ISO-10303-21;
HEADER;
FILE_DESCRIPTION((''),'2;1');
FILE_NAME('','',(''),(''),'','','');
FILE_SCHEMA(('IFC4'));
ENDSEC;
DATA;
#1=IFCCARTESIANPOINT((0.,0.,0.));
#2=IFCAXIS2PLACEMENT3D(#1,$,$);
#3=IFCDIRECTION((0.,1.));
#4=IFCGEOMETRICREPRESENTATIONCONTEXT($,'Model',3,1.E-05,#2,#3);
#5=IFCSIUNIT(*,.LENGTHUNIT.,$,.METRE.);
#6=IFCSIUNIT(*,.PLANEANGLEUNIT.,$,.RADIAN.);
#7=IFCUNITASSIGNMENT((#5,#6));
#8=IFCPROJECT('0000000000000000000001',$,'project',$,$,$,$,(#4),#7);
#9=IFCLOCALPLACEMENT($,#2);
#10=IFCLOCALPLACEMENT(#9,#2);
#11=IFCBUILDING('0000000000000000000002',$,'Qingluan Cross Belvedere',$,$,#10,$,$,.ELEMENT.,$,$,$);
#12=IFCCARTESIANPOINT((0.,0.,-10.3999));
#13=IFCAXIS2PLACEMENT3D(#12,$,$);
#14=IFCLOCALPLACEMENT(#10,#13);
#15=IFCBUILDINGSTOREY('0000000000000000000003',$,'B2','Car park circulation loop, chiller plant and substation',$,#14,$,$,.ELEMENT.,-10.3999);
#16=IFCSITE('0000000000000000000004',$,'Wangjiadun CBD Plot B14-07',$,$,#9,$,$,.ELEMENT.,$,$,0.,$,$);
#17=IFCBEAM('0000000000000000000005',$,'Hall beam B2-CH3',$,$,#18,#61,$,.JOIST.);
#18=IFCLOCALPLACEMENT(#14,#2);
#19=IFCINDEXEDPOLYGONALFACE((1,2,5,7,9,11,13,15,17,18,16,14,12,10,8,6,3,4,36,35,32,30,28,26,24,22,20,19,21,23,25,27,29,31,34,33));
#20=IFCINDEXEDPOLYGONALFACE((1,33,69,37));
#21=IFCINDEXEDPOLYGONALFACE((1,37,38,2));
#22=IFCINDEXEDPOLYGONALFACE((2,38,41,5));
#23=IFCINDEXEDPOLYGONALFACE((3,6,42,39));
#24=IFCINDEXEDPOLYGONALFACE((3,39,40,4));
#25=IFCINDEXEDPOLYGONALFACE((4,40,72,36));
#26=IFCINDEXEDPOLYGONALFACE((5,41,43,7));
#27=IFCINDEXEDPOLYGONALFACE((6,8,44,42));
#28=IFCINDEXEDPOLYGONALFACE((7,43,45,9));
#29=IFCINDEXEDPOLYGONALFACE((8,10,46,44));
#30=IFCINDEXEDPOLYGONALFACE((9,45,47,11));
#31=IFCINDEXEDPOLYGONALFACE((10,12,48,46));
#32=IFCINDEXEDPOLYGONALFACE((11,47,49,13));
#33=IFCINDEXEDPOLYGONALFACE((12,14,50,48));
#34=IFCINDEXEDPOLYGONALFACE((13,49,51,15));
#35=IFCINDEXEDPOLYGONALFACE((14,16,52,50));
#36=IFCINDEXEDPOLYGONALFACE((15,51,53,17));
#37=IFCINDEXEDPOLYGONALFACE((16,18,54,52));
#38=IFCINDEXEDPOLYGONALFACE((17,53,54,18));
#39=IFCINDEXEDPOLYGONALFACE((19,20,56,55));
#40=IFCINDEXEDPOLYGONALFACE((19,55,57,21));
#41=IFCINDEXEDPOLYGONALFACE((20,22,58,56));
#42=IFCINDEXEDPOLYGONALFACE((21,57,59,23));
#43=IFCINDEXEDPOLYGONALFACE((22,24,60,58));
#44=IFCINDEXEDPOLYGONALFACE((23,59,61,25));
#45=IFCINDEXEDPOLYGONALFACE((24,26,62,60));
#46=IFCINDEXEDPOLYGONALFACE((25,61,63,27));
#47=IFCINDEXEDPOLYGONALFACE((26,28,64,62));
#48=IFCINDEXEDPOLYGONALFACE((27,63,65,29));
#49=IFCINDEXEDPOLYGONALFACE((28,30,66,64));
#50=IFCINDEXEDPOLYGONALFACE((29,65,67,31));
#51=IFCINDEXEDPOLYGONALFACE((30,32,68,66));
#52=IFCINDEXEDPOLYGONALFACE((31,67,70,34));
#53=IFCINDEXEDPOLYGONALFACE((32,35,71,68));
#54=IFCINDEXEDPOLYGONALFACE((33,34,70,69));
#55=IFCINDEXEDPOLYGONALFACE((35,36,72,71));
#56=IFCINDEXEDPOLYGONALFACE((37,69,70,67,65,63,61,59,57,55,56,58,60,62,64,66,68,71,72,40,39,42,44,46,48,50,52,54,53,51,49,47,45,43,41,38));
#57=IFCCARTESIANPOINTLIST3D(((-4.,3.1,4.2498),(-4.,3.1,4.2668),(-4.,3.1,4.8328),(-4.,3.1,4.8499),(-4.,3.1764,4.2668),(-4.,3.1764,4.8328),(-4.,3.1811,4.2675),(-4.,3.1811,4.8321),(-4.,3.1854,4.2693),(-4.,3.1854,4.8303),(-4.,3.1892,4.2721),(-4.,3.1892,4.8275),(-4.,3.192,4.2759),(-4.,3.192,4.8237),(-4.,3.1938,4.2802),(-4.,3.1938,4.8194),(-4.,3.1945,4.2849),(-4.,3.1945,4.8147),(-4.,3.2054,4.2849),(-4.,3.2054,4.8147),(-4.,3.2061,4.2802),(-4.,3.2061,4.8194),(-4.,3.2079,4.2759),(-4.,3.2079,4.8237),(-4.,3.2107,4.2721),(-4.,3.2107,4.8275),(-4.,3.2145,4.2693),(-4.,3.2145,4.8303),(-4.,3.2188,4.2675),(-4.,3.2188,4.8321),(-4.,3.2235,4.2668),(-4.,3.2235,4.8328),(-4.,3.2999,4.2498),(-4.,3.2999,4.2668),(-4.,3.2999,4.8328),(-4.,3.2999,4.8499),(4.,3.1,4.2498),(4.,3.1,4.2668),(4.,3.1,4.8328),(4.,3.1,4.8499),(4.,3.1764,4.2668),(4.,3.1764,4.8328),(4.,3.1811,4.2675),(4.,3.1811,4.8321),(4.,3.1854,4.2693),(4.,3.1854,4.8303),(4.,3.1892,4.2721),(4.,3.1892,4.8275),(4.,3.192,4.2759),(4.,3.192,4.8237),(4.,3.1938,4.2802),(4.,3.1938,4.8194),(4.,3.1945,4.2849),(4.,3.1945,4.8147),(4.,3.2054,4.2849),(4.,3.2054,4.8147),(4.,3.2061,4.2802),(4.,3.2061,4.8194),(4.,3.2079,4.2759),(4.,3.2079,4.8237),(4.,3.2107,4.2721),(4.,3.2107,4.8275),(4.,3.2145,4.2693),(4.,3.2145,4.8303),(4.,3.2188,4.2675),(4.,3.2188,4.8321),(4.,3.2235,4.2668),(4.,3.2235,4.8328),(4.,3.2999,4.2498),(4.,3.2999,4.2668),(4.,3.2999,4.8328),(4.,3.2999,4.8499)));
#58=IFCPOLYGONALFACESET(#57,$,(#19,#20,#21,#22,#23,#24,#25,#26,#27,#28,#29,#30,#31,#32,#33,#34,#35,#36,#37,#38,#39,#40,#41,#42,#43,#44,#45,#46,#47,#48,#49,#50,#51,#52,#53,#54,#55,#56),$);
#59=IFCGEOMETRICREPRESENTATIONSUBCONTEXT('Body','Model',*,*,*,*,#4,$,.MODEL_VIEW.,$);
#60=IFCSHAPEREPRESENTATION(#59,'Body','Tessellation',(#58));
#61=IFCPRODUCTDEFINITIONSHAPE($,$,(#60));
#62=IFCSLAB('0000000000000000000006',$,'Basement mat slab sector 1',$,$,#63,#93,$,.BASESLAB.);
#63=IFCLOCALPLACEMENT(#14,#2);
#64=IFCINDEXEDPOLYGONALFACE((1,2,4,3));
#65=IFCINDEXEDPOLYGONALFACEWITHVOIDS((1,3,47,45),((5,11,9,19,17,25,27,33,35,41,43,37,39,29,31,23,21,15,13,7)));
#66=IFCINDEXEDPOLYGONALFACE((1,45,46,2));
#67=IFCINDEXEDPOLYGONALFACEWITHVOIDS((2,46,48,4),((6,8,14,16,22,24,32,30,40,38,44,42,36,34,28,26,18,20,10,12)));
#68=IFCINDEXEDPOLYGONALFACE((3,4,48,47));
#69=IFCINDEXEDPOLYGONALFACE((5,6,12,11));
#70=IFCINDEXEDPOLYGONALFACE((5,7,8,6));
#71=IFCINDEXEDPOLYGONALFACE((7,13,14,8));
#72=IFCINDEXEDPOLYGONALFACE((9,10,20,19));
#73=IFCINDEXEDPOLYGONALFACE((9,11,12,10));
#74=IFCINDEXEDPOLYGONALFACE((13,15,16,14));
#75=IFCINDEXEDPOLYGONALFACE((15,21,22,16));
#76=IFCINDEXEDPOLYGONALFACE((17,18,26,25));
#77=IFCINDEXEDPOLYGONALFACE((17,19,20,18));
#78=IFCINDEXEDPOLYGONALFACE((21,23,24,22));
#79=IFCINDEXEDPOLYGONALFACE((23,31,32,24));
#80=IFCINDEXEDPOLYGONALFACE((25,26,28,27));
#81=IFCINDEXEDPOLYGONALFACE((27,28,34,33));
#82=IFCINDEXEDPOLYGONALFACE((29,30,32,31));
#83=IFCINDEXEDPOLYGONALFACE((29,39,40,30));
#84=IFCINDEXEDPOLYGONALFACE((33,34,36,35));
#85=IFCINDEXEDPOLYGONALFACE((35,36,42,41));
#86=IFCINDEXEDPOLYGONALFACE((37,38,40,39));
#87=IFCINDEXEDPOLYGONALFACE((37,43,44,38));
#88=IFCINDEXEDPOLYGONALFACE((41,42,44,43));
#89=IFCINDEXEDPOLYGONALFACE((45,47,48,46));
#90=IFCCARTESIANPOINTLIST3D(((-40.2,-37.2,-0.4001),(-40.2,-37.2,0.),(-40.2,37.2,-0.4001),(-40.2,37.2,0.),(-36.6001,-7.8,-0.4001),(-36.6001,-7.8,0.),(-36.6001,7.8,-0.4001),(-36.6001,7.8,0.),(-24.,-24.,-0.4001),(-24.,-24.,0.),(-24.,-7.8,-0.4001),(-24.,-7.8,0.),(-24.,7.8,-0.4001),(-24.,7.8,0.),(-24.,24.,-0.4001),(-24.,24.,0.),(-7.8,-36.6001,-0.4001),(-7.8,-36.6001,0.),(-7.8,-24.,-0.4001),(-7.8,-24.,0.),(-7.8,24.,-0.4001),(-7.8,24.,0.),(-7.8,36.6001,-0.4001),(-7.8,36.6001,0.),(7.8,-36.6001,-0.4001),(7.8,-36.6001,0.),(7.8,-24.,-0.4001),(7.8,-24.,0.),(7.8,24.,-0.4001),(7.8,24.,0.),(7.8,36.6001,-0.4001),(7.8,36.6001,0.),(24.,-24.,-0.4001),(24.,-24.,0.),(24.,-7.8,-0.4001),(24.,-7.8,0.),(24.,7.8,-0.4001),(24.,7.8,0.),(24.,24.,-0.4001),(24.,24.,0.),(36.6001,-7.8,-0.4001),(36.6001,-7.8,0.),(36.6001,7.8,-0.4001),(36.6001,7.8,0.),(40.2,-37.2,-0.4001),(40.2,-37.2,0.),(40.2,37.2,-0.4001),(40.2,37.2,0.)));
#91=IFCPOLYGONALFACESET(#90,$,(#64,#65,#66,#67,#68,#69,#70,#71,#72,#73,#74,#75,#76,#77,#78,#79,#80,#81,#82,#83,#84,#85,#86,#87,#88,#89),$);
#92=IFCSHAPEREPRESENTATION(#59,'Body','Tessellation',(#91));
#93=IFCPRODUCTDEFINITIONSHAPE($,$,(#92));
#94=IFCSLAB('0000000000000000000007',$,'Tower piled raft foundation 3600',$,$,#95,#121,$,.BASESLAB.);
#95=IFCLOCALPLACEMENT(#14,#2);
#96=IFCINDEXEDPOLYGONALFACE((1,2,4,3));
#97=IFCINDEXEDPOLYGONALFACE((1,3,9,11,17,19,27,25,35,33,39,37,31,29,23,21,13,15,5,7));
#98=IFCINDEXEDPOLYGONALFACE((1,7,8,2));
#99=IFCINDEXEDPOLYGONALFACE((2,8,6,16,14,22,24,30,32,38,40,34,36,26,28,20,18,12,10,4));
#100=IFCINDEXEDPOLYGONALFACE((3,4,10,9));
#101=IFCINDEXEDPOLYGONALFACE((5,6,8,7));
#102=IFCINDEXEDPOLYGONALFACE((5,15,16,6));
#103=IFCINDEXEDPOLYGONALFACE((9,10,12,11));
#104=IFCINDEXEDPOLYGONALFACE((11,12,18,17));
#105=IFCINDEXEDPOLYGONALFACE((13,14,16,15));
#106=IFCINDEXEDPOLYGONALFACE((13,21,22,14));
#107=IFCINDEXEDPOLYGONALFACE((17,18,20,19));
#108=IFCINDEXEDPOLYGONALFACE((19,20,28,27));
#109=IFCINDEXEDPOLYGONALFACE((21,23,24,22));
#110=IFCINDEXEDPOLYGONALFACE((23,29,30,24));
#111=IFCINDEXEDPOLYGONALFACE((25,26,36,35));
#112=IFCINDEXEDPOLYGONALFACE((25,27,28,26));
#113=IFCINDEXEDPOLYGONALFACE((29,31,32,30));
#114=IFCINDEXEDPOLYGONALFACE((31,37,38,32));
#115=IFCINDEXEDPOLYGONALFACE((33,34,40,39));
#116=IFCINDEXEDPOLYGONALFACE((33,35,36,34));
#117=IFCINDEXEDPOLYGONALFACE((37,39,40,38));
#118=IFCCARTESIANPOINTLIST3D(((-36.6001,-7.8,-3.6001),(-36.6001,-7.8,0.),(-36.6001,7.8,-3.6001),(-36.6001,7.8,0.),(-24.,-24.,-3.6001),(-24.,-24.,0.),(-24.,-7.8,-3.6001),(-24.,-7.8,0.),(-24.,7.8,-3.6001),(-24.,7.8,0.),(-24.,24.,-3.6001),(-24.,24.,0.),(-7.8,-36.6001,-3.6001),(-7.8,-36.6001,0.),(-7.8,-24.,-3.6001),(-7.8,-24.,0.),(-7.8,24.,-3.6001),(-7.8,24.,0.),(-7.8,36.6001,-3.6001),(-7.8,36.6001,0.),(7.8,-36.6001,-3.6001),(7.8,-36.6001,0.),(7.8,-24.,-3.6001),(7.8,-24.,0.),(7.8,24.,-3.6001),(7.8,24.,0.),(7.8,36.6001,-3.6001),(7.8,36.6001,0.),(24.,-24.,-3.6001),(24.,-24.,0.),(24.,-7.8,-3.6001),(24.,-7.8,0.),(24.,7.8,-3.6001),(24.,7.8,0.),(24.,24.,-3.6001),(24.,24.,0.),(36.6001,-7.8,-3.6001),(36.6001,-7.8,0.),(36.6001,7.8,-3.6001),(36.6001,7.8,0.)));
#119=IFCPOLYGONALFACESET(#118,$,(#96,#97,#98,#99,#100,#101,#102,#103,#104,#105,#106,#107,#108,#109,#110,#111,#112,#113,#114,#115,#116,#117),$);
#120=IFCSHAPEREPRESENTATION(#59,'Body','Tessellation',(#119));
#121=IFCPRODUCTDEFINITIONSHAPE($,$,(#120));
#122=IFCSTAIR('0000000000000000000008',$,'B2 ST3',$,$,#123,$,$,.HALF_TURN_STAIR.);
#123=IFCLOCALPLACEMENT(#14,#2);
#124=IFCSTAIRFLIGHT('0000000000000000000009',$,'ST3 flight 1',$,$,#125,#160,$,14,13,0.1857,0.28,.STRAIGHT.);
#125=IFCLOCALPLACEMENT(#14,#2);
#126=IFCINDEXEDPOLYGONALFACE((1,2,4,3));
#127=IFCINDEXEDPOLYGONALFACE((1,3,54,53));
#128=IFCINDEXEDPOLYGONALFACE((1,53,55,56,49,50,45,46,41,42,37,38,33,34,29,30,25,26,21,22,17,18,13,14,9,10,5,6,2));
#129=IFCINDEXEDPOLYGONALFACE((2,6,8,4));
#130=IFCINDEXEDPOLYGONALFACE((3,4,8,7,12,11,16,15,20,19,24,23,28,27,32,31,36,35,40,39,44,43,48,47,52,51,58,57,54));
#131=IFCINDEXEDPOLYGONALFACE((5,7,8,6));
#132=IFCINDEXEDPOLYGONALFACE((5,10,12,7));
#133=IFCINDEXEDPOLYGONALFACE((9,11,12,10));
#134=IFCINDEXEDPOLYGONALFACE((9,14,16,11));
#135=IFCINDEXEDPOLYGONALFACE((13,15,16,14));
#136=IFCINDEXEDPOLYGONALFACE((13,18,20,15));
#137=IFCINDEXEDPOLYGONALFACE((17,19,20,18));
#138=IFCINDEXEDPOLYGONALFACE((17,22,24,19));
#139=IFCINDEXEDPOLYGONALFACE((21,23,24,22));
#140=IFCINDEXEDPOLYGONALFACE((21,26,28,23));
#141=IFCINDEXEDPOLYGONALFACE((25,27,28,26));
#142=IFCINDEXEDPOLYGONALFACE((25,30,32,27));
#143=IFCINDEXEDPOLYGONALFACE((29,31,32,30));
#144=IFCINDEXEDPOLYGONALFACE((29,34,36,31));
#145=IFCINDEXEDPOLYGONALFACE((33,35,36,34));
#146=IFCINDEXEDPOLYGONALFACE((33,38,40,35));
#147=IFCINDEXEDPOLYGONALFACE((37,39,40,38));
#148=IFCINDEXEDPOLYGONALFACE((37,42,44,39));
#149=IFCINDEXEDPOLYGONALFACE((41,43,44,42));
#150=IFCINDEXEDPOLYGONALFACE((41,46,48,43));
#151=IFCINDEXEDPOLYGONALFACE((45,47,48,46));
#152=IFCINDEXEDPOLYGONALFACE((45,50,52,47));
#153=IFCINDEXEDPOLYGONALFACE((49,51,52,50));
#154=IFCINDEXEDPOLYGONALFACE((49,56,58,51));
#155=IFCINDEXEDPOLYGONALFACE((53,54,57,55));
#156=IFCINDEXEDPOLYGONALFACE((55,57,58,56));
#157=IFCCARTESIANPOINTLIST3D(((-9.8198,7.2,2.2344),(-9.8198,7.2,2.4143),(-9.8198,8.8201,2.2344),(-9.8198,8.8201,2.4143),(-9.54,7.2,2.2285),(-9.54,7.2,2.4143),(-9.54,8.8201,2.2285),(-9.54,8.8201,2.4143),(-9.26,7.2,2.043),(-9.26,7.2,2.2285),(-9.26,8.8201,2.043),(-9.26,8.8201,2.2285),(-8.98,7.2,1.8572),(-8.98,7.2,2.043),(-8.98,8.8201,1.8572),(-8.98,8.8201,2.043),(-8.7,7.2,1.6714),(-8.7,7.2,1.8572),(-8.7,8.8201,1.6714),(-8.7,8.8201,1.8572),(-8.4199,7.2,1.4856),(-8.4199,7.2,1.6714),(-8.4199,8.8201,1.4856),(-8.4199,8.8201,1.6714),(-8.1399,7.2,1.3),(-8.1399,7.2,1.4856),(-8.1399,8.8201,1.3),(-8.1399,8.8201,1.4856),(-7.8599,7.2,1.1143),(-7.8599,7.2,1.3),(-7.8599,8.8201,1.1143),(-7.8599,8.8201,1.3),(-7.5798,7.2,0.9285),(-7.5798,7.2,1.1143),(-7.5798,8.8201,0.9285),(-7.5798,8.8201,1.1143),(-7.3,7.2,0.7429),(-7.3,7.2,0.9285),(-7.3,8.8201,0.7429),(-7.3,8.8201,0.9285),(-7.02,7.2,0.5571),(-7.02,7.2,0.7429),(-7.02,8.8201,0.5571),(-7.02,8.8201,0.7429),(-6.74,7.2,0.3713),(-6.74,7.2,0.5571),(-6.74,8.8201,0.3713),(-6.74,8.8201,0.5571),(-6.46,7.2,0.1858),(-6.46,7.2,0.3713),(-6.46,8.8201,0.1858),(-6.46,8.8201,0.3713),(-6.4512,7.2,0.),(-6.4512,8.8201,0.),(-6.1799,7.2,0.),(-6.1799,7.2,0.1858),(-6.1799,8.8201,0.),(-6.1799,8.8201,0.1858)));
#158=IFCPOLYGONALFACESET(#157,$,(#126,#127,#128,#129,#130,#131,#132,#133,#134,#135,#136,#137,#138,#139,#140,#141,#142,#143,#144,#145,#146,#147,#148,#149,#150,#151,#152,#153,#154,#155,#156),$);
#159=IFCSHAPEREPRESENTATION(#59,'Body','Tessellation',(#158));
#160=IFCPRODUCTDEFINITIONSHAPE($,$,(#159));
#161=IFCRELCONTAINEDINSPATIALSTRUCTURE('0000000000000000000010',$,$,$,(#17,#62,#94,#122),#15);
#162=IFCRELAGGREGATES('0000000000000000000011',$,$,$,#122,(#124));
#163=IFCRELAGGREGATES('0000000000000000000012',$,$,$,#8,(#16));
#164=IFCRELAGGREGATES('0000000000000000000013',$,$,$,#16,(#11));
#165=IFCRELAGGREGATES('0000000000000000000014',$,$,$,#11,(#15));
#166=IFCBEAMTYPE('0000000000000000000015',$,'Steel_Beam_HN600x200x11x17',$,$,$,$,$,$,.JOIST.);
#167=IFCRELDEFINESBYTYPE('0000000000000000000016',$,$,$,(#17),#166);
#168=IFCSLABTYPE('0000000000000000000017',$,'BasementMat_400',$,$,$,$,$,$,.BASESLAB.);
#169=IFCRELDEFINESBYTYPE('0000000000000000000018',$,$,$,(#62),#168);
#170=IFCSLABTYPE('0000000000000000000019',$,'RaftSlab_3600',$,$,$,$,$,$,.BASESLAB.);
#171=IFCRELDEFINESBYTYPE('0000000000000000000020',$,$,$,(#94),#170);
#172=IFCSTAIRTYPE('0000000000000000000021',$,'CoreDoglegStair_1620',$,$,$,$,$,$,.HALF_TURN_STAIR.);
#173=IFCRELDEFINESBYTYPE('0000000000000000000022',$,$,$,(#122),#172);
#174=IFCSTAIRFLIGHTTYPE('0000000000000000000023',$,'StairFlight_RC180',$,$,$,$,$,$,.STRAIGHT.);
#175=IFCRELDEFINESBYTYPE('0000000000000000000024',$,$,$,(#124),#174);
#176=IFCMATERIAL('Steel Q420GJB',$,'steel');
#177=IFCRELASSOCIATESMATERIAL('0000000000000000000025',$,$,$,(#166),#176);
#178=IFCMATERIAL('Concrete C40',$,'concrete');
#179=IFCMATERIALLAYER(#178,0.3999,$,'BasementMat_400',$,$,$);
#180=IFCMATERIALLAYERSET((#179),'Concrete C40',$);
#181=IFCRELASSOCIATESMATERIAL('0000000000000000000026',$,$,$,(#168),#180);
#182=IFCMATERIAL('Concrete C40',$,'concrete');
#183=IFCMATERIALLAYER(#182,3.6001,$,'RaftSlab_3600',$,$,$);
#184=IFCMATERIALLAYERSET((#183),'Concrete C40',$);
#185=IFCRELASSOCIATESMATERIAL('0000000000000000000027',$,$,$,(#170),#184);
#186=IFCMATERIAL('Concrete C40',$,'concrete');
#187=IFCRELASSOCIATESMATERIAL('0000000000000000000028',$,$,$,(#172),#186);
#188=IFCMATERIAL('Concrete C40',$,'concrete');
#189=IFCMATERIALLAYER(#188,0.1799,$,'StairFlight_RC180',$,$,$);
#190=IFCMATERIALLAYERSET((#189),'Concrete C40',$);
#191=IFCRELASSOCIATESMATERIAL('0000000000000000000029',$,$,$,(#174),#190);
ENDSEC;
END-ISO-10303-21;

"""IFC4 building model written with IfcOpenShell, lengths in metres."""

from ifc_helpers import new_model, si_unit, direction, frame, origin, origin_2d, place, context, subcontext, project, spatial, polyline, i_section, outline, extrude, material, layer, layer_set, material_profile, profile_set, type_object, element, aggregate, save


model = new_model("IFC4")

# Units and contexts
model_context = context("Model", 3, precision=1e-05, world=origin(), true_north=direction((0.0, 1.0)))
body_context = subcontext(model_context, "Body", "Model", "MODEL_VIEW")
ifc_project = project(units=[si_unit("LENGTHUNIT", "METRE"), si_unit("PLANEANGLEUNIT", "RADIAN")], contexts=[model_context])

# Site, building, storey
site_placement = place(None, origin())
site = spatial("IfcSite", under=ifc_project, at=site_placement, Name="Wangjiadun CBD Plot B14-07", CompositionType="ELEMENT", RefElevation=0.0)
building_placement = place(site_placement, origin())
building = spatial("IfcBuilding", under=site, at=building_placement, Name="Qingluan Cross Belvedere", CompositionType="ELEMENT")
storey_placement = place(building_placement, frame((0.0, 0.0, -10.3999)))
storey = spatial("IfcBuildingStorey", under=building, at=storey_placement, Name="B2", Description="Car park circulation loop, chiller plant and substation", CompositionType="ELEMENT", Elevation=-10.3999)

# Beam
ifc_material_1 = material(Name="Steel Q420GJB", Category="steel")
ifc_material_profile_1 = material_profile(ifc_material_1, i_section(OverallWidth=0.2, OverallDepth=0.6001, WebThickness=0.011, FlangeThickness=0.0171, FilletRadius=0.0181, at=origin_2d()), Name="HN600x200x11x17")
ifc_profile_set_1 = profile_set([ifc_material_profile_1], Name="Steel Q420GJB")
beam_type = type_object("IfcBeamType", Name="Steel_Beam_HN600x200x11x17", PredefinedType="JOIST", material=ifc_profile_set_1)
beam_placement = place(storey_placement, frame((-4.0, 3.2, 4.5498), z_axis=(1.0, 0.0, 0.0), x_axis=(0.0, 1.0, 0.0)))
element("IfcBeam", 1, at=beam_placement, inside=storey, type_object=beam_type, Name="Hall beam B2-CH3", PredefinedType="JOIST", context=body_context, shape_type="SweptSolid", body=[
    extrude(i_section(OverallWidth=0.2, OverallDepth=0.6001, WebThickness=0.011, FlangeThickness=0.0171, FilletRadius=0.0181, at=origin_2d()), origin(), (0.0, 0.0, 1.0), 8.0),
])

# Slabs
ifc_material_2 = material(Name="Concrete C40", Category="concrete")
ifc_layer_1 = layer(ifc_material_2, 0.3999, Name="BasementMat_400")
ifc_layer_set_1 = layer_set([ifc_layer_1], Name="Concrete C40")
slab_type_1 = type_object("IfcSlabType", Name="BasementMat_400", PredefinedType="BASESLAB", material=ifc_layer_set_1)
slab_1_placement = place(storey_placement, frame((0.0, 0.0, -0.4001)))
element("IfcSlab", 2, at=slab_1_placement, inside=storey, type_object=slab_type_1, Name="Basement mat slab sector 1", PredefinedType="BASESLAB", context=body_context, shape_type="SweptSolid", body=[
    extrude(outline(polyline([(-40.2, -37.2), (-40.2, 37.2), (40.2, 37.2), (40.2, -37.2), (-40.2, -37.2)]), holes=[polyline([(24.0, -24.0), (24.0, -7.8), (36.6001, -7.8), (36.6001, 7.8), (24.0, 7.8), (24.0, 24.0), (7.8, 24.0), (7.8, 36.6001), (-7.8, 36.6001), (-7.8, 24.0), (-24.0, 24.0), (-24.0, 7.8), (-36.6001, 7.8), (-36.6001, -7.8), (-24.0, -7.8), (-24.0, -24.0), (-7.8, -24.0), (-7.8, -36.6001), (7.8, -36.6001), (7.8, -24.0), (24.0, -24.0)])]), origin(), (0.0, 0.0, 1.0), 0.4001),
])
ifc_material_3 = material(Name="Concrete C40", Category="concrete")
ifc_layer_2 = layer(ifc_material_3, 3.6001, Name="RaftSlab_3600")
ifc_layer_set_2 = layer_set([ifc_layer_2], Name="Concrete C40")
slab_type_2 = type_object("IfcSlabType", Name="RaftSlab_3600", PredefinedType="BASESLAB", material=ifc_layer_set_2)
slab_2_placement = place(storey_placement, frame((0.0, 0.0, -3.6001)))
element("IfcSlab", 3, at=slab_2_placement, inside=storey, type_object=slab_type_2, Name="Tower piled raft foundation 3600", PredefinedType="BASESLAB", context=body_context, shape_type="SweptSolid", body=[
    extrude(outline(polyline([(7.8, -24.0), (7.8, -36.6001), (-7.8, -36.6001), (-7.8, -24.0), (-24.0, -24.0), (-24.0, -7.8), (-36.6001, -7.8), (-36.6001, 7.8), (-24.0, 7.8), (-24.0, 24.0), (-7.8, 24.0), (-7.8, 36.6001), (7.8, 36.6001), (7.8, 24.0), (24.0, 24.0), (24.0, 7.8), (36.6001, 7.8), (36.6001, -7.8), (24.0, -7.8), (24.0, -24.0), (7.8, -24.0)])), origin(), (0.0, 0.0, 1.0), 3.6001),
])

# Stair, stair flight
ifc_material_4 = material(Name="Concrete C40", Category="concrete")
stair_type = type_object("IfcStairType", Name="CoreDoglegStair_1620", PredefinedType="HALF_TURN_STAIR", material=ifc_material_4)
stair_placement = place(storey_placement, origin())
stair = element("IfcStair", 4, at=stair_placement, inside=storey, type_object=stair_type, Name="B2 ST3", PredefinedType="HALF_TURN_STAIR")
ifc_material_5 = material(Name="Concrete C40", Category="concrete")
ifc_layer_3 = layer(ifc_material_5, 0.1799, Name="StairFlight_RC180")
ifc_layer_set_3 = layer_set([ifc_layer_3], Name="Concrete C40")
stair_flight_type = type_object("IfcStairFlightType", Name="StairFlight_RC180", PredefinedType="STRAIGHT", material=ifc_layer_set_3)
stair_flight_1_placement = place(storey_placement, frame((-6.1799, 8.01, 0.0), z_axis=(0.0, 0.0, 1.0), x_axis=(-1.0, 0.0, 0.0)))
stair_flight_1 = element("IfcStairFlight", 5, at=stair_flight_1_placement, type_object=stair_flight_type, Name="ST3 flight 1", NumberOfRisers=14, NumberOfTreads=13, PredefinedType="STRAIGHT", RiserHeight=0.1857, TreadLength=0.28, context=body_context, shape_type="SweptSolid", body=[
    extrude(outline(polyline([(0.0, 0.0), (0.0, 0.1858), (0.28, 0.1858), (0.28, 0.3713), (0.5601, 0.3713), (0.5601, 0.5571), (0.8401, 0.5571), (0.8401, 0.7429), (1.1201, 0.7429), (1.1201, 0.9285), (1.3999, 0.9285), (1.3999, 1.1143), (1.6799, 1.1143), (1.6799, 1.3), (1.96, 1.3), (1.96, 1.4856), (2.24, 1.4856), (2.24, 1.6714), (2.52, 1.6714), (2.52, 1.8572), (2.8, 1.8572), (2.8, 2.043), (3.0801, 2.043), (3.0801, 2.2285), (3.3601, 2.2285), (3.3601, 2.4143), (3.6399, 2.4143), (3.6399, 2.6001), (3.6399, 2.2344), (0.2712, 0.0), (0.0, 0.0)])), frame((0.0, 0.8101, 0.0), z_axis=(0.0, -1.0, 0.0), x_axis=(1.0, 0.0, 0.0)), (0.0, 0.0, 1.0), 1.6201),
])
aggregate(stair, [stair_flight_1])

save(model, "model.ifc")
